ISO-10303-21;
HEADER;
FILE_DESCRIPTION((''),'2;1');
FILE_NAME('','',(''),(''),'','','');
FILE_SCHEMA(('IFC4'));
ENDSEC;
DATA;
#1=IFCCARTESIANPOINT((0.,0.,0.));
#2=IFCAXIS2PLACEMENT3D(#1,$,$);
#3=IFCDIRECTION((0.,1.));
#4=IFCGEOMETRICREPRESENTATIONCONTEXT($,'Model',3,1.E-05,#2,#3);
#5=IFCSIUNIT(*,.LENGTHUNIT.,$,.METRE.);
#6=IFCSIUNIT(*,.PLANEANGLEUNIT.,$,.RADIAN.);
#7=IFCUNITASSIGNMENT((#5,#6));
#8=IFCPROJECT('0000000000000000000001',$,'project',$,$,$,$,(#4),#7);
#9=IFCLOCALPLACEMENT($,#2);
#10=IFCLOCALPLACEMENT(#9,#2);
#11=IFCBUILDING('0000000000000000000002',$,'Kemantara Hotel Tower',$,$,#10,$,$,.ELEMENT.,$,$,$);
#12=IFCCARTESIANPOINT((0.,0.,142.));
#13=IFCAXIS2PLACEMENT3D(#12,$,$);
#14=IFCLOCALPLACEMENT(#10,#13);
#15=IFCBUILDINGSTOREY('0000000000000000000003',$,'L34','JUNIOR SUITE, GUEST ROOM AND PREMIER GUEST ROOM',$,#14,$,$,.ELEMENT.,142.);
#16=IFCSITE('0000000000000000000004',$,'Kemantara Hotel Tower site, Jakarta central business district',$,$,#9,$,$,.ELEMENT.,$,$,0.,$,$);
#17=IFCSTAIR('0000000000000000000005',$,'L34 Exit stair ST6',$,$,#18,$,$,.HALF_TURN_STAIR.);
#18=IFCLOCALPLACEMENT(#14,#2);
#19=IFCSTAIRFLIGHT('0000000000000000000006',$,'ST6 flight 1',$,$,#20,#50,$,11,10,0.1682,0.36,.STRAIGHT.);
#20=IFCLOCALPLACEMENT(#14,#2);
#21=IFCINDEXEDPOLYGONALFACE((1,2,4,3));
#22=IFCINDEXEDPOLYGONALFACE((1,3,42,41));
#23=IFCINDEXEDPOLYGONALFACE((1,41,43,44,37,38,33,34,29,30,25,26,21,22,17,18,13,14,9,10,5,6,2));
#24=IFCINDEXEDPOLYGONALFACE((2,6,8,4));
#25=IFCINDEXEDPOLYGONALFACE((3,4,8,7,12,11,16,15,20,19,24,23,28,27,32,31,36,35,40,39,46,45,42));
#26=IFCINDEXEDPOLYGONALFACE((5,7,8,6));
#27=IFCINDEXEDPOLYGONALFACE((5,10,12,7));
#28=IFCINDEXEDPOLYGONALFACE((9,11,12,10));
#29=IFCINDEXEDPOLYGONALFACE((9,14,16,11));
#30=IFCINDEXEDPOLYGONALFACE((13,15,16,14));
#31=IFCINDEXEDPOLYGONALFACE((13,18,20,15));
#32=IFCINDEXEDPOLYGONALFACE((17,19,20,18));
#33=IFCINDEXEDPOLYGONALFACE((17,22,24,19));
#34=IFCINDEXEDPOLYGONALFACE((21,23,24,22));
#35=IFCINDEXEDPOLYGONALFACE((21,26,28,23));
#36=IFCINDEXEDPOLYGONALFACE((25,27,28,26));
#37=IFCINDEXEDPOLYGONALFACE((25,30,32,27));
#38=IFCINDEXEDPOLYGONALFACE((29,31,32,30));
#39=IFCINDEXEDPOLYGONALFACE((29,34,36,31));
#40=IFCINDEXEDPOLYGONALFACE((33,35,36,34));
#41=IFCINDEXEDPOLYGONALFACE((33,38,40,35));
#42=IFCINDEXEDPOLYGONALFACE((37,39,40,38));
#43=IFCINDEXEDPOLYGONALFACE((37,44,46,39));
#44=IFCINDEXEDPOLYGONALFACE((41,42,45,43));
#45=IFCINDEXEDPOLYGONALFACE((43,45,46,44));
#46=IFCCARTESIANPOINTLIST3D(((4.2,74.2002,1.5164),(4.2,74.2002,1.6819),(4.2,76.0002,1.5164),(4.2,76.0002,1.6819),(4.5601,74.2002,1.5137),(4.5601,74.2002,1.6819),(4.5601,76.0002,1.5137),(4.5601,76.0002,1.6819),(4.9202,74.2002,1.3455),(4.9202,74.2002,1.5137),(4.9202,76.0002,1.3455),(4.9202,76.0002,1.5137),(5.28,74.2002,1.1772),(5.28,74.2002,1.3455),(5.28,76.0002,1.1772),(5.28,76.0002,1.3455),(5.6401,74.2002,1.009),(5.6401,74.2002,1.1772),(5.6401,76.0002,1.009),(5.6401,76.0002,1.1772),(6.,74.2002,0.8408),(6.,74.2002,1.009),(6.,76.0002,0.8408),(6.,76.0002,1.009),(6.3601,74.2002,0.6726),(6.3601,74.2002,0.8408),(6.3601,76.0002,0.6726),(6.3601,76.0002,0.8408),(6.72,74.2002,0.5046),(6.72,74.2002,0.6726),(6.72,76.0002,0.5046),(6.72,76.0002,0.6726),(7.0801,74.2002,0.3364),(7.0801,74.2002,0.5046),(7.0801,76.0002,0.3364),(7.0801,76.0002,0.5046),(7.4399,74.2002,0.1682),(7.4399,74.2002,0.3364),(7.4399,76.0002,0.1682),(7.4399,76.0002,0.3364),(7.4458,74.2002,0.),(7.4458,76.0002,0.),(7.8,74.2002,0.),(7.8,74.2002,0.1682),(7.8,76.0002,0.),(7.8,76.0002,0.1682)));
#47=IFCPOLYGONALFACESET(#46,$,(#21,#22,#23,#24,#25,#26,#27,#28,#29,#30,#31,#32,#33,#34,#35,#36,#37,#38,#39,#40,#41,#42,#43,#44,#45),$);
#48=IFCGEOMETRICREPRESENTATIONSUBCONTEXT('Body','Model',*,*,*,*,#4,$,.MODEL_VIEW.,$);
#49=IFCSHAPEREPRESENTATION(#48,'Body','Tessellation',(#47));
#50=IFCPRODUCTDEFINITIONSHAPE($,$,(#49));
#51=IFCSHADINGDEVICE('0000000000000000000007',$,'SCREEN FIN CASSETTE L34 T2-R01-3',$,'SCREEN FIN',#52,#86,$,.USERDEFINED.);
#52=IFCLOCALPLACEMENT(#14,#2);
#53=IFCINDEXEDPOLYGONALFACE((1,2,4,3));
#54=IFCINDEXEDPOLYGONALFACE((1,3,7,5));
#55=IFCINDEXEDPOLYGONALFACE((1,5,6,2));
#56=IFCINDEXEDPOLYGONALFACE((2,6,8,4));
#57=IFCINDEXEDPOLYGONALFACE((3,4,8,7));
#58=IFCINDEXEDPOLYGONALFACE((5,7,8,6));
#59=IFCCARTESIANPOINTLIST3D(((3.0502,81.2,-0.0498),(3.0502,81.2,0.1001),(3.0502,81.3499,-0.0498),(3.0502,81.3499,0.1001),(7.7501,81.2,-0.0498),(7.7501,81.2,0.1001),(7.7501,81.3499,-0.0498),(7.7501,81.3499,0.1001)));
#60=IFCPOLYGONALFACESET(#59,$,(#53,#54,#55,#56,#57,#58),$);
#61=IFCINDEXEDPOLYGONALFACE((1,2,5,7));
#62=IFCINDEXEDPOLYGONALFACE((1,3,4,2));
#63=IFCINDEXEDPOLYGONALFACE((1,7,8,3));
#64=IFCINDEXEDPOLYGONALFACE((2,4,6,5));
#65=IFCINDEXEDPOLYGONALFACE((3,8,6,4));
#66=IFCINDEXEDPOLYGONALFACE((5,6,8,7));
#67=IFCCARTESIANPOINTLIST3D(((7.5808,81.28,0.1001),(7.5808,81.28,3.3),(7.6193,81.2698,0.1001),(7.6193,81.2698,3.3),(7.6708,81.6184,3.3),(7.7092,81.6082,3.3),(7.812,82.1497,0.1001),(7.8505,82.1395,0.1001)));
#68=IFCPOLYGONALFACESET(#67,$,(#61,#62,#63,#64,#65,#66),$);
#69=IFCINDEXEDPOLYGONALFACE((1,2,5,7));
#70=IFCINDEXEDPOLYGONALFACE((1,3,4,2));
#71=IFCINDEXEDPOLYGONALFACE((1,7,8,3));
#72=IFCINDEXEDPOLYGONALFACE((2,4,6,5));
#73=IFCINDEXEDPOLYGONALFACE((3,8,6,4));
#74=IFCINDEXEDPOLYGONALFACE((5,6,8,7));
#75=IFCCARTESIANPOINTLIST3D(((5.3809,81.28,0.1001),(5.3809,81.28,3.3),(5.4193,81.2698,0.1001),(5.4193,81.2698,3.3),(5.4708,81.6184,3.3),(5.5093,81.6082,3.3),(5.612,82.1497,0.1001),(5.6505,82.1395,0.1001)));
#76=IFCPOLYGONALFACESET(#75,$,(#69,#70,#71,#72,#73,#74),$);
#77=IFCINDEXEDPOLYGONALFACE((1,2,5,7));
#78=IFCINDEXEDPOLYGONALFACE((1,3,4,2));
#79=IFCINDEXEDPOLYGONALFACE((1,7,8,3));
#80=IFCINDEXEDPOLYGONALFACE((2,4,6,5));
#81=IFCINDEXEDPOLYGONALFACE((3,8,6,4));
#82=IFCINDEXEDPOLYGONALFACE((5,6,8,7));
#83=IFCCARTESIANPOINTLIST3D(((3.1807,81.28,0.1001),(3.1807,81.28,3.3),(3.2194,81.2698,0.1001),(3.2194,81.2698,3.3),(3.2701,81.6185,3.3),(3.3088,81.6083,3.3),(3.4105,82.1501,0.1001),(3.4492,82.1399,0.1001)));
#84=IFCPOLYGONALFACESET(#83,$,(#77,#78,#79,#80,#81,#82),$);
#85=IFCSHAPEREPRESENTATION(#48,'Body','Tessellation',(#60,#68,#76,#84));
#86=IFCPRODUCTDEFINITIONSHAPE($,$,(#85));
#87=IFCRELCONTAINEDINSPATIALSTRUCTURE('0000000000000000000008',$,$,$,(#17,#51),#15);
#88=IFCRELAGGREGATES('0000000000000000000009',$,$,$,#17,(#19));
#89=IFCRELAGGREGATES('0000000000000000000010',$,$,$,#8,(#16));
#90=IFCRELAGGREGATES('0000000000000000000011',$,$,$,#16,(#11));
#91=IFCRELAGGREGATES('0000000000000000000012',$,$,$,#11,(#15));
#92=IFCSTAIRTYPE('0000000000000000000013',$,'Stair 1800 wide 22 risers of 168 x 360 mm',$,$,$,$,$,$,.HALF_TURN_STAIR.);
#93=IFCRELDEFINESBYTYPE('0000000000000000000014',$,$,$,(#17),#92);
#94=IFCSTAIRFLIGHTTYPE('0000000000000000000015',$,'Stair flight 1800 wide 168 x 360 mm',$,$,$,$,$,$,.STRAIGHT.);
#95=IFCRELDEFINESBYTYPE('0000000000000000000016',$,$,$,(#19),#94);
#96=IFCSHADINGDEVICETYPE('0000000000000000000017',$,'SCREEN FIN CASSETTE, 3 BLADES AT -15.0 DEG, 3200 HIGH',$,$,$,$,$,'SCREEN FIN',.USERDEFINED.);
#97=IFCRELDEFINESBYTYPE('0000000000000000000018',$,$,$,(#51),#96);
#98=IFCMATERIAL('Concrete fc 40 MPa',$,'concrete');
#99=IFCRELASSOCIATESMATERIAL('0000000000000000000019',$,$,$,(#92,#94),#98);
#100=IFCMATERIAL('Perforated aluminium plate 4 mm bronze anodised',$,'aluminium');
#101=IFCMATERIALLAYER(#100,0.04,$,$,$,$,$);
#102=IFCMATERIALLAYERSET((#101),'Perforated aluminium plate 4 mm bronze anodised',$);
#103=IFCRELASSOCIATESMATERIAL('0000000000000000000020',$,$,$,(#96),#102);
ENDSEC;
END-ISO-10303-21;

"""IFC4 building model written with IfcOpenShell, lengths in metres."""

from ifc_helpers import new_model, si_unit, direction, frame, origin, origin_2d, place, context, subcontext, project, spatial, polyline, rectangle, outline, extrude, source, transform, mapped, material, layer, layer_set, type_object, element, aggregate, save


model = new_model("IFC4")

# Units and contexts
model_context = context("Model", 3, precision=1e-05, world=origin(), true_north=direction((0.0, 1.0)))
body_context = subcontext(model_context, "Body", "Model", "MODEL_VIEW")
ifc_project = project(units=[si_unit("LENGTHUNIT", "METRE"), si_unit("PLANEANGLEUNIT", "RADIAN")], contexts=[model_context])

# Site, building, storey
site_placement = place(None, origin())
site = spatial("IfcSite", under=ifc_project, at=site_placement, Name="Kemantara Hotel Tower site, Jakarta central business district", CompositionType="ELEMENT", RefElevation=0.0)
building_placement = place(site_placement, origin())
building = spatial("IfcBuilding", under=site, at=building_placement, Name="Kemantara Hotel Tower", CompositionType="ELEMENT")
storey_placement = place(building_placement, frame((0.0, 0.0, 142.0)))
storey = spatial("IfcBuildingStorey", under=building, at=storey_placement, Name="L34", Description="JUNIOR SUITE, GUEST ROOM AND PREMIER GUEST ROOM", CompositionType="ELEMENT", Elevation=142.0)

# Stair, stair flight
ifc_material_1 = material(Name="Concrete fc 40 MPa", Category="concrete")
stair_type = type_object("IfcStairType", Name="Stair 1800 wide 22 risers of 168 x 360 mm", PredefinedType="HALF_TURN_STAIR", material=ifc_material_1)
stair_placement = place(storey_placement, origin())
stair = element("IfcStair", 1, at=stair_placement, inside=storey, type_object=stair_type, Name="L34 Exit stair ST6", PredefinedType="HALF_TURN_STAIR")
stair_flight_type = type_object("IfcStairFlightType", Name="Stair flight 1800 wide 168 x 360 mm", PredefinedType="STRAIGHT", material=ifc_material_1)
stair_flight_placement = place(storey_placement, frame((7.8, 75.1001, 0.0), z_axis=(0.0, 0.0, 1.0), x_axis=(-1.0, 0.0, 0.0)))
stair_flight = element("IfcStairFlight", 2, at=stair_flight_placement, type_object=stair_flight_type, Name="ST6 flight 1", NumberOfRisers=11, NumberOfTreads=10, PredefinedType="STRAIGHT", RiserHeight=0.1682, TreadLength=0.36, context=body_context, shape_type="SweptSolid", body=[
    extrude(outline(polyline([(0.0, 0.0), (0.0, 0.1682), (0.3601, 0.1682), (0.3601, 0.3364), (0.72, 0.3364), (0.72, 0.5046), (1.0801, 0.5046), (1.0801, 0.6726), (1.4399, 0.6726), (1.4399, 0.8408), (1.8, 0.8408), (1.8, 1.009), (2.1599, 1.009), (2.1599, 1.1772), (2.52, 1.1772), (2.52, 1.3455), (2.8799, 1.3455), (2.8799, 1.5137), (3.24, 1.5137), (3.24, 1.6819), (3.6001, 1.6819), (3.6001, 1.8501), (3.6001, 1.5164), (0.3542, 0.0), (0.0, 0.0)])), frame((0.0, 0.8999, 0.0), z_axis=(0.0, -1.0, 0.0), x_axis=(1.0, 0.0, 0.0)), (0.0, 0.0, 1.0), 1.8),
])
aggregate(stair, [stair_flight])

# Shading device
ifc_material_2 = material(Name="Perforated aluminium plate 4 mm bronze anodised", Category="aluminium")
ifc_layer_1 = layer(ifc_material_2, 0.04)
ifc_layer_set_1 = layer_set([ifc_layer_1], Name="Perforated aluminium plate 4 mm bronze anodised")
shading_device_type = type_object("IfcShadingDeviceType", Name="SCREEN FIN CASSETTE, 3 BLADES AT -15.0 DEG, 3200 HIGH", ElementType="SCREEN FIN", PredefinedType="USERDEFINED", material=ifc_layer_set_1)
shared_shape_1 = source(origin(), body_context, "Body", "SweptSolid", [
    extrude(rectangle(XDim=4.7, YDim=0.1499, at=origin_2d()), frame((2.2, -0.075, -0.1499), z_axis=(0.0, 0.0, 1.0), x_axis=(1.0, 0.0, 0.0)), (0.0, 0.0, 1.0), 0.1499),
    extrude(outline(polyline([(0.0, 0.0), (0.8999, 0.0), (0.3501, 3.2), (0.0, 3.2), (0.0, 0.0)])), frame((0.0193, -0.0801, 0.0), z_axis=(-0.966438, 0.256901, 0.0), x_axis=(-0.256901, -0.966438, 0.0)), (0.0, 0.0, 1.0), 0.0398),
    extrude(outline(polyline([(0.0, 0.0), (0.8999, 0.0), (0.3501, 3.2), (0.0, 3.2), (0.0, 0.0)])), frame((2.2192, -0.0801, 0.0), z_axis=(-0.966438, 0.256901, 0.0), x_axis=(-0.256901, -0.966438, 0.0)), (0.0, 0.0, 1.0), 0.0398),
    extrude(outline(polyline([(0.0, 0.0), (0.8999, 0.0), (0.3501, 3.2), (0.0, 3.2), (0.0, 0.0)])), frame((4.4194, -0.0801, 0.0), z_axis=(-0.966838, 0.255391, 0.0), x_axis=(-0.255391, -0.966838, 0.0)), (0.0, 0.0, 1.0), 0.04),
])
shading_device_placement = place(storey_placement, frame((7.6001, 81.2, 0.1001), z_axis=(0.0, 0.0, 1.0), x_axis=(-1.0, 0.0, 0.0)))
element("IfcShadingDevice", 3, at=shading_device_placement, inside=storey, type_object=shading_device_type, Name="SCREEN FIN CASSETTE L34 T2-R01-3", ObjectType="SCREEN FIN", PredefinedType="USERDEFINED", context=body_context, shape_type="MappedRepresentation", body=[
    mapped(shared_shape_1, transform((0.0, 0.0, 0.0))),
])

save(model, "model.ifc")
